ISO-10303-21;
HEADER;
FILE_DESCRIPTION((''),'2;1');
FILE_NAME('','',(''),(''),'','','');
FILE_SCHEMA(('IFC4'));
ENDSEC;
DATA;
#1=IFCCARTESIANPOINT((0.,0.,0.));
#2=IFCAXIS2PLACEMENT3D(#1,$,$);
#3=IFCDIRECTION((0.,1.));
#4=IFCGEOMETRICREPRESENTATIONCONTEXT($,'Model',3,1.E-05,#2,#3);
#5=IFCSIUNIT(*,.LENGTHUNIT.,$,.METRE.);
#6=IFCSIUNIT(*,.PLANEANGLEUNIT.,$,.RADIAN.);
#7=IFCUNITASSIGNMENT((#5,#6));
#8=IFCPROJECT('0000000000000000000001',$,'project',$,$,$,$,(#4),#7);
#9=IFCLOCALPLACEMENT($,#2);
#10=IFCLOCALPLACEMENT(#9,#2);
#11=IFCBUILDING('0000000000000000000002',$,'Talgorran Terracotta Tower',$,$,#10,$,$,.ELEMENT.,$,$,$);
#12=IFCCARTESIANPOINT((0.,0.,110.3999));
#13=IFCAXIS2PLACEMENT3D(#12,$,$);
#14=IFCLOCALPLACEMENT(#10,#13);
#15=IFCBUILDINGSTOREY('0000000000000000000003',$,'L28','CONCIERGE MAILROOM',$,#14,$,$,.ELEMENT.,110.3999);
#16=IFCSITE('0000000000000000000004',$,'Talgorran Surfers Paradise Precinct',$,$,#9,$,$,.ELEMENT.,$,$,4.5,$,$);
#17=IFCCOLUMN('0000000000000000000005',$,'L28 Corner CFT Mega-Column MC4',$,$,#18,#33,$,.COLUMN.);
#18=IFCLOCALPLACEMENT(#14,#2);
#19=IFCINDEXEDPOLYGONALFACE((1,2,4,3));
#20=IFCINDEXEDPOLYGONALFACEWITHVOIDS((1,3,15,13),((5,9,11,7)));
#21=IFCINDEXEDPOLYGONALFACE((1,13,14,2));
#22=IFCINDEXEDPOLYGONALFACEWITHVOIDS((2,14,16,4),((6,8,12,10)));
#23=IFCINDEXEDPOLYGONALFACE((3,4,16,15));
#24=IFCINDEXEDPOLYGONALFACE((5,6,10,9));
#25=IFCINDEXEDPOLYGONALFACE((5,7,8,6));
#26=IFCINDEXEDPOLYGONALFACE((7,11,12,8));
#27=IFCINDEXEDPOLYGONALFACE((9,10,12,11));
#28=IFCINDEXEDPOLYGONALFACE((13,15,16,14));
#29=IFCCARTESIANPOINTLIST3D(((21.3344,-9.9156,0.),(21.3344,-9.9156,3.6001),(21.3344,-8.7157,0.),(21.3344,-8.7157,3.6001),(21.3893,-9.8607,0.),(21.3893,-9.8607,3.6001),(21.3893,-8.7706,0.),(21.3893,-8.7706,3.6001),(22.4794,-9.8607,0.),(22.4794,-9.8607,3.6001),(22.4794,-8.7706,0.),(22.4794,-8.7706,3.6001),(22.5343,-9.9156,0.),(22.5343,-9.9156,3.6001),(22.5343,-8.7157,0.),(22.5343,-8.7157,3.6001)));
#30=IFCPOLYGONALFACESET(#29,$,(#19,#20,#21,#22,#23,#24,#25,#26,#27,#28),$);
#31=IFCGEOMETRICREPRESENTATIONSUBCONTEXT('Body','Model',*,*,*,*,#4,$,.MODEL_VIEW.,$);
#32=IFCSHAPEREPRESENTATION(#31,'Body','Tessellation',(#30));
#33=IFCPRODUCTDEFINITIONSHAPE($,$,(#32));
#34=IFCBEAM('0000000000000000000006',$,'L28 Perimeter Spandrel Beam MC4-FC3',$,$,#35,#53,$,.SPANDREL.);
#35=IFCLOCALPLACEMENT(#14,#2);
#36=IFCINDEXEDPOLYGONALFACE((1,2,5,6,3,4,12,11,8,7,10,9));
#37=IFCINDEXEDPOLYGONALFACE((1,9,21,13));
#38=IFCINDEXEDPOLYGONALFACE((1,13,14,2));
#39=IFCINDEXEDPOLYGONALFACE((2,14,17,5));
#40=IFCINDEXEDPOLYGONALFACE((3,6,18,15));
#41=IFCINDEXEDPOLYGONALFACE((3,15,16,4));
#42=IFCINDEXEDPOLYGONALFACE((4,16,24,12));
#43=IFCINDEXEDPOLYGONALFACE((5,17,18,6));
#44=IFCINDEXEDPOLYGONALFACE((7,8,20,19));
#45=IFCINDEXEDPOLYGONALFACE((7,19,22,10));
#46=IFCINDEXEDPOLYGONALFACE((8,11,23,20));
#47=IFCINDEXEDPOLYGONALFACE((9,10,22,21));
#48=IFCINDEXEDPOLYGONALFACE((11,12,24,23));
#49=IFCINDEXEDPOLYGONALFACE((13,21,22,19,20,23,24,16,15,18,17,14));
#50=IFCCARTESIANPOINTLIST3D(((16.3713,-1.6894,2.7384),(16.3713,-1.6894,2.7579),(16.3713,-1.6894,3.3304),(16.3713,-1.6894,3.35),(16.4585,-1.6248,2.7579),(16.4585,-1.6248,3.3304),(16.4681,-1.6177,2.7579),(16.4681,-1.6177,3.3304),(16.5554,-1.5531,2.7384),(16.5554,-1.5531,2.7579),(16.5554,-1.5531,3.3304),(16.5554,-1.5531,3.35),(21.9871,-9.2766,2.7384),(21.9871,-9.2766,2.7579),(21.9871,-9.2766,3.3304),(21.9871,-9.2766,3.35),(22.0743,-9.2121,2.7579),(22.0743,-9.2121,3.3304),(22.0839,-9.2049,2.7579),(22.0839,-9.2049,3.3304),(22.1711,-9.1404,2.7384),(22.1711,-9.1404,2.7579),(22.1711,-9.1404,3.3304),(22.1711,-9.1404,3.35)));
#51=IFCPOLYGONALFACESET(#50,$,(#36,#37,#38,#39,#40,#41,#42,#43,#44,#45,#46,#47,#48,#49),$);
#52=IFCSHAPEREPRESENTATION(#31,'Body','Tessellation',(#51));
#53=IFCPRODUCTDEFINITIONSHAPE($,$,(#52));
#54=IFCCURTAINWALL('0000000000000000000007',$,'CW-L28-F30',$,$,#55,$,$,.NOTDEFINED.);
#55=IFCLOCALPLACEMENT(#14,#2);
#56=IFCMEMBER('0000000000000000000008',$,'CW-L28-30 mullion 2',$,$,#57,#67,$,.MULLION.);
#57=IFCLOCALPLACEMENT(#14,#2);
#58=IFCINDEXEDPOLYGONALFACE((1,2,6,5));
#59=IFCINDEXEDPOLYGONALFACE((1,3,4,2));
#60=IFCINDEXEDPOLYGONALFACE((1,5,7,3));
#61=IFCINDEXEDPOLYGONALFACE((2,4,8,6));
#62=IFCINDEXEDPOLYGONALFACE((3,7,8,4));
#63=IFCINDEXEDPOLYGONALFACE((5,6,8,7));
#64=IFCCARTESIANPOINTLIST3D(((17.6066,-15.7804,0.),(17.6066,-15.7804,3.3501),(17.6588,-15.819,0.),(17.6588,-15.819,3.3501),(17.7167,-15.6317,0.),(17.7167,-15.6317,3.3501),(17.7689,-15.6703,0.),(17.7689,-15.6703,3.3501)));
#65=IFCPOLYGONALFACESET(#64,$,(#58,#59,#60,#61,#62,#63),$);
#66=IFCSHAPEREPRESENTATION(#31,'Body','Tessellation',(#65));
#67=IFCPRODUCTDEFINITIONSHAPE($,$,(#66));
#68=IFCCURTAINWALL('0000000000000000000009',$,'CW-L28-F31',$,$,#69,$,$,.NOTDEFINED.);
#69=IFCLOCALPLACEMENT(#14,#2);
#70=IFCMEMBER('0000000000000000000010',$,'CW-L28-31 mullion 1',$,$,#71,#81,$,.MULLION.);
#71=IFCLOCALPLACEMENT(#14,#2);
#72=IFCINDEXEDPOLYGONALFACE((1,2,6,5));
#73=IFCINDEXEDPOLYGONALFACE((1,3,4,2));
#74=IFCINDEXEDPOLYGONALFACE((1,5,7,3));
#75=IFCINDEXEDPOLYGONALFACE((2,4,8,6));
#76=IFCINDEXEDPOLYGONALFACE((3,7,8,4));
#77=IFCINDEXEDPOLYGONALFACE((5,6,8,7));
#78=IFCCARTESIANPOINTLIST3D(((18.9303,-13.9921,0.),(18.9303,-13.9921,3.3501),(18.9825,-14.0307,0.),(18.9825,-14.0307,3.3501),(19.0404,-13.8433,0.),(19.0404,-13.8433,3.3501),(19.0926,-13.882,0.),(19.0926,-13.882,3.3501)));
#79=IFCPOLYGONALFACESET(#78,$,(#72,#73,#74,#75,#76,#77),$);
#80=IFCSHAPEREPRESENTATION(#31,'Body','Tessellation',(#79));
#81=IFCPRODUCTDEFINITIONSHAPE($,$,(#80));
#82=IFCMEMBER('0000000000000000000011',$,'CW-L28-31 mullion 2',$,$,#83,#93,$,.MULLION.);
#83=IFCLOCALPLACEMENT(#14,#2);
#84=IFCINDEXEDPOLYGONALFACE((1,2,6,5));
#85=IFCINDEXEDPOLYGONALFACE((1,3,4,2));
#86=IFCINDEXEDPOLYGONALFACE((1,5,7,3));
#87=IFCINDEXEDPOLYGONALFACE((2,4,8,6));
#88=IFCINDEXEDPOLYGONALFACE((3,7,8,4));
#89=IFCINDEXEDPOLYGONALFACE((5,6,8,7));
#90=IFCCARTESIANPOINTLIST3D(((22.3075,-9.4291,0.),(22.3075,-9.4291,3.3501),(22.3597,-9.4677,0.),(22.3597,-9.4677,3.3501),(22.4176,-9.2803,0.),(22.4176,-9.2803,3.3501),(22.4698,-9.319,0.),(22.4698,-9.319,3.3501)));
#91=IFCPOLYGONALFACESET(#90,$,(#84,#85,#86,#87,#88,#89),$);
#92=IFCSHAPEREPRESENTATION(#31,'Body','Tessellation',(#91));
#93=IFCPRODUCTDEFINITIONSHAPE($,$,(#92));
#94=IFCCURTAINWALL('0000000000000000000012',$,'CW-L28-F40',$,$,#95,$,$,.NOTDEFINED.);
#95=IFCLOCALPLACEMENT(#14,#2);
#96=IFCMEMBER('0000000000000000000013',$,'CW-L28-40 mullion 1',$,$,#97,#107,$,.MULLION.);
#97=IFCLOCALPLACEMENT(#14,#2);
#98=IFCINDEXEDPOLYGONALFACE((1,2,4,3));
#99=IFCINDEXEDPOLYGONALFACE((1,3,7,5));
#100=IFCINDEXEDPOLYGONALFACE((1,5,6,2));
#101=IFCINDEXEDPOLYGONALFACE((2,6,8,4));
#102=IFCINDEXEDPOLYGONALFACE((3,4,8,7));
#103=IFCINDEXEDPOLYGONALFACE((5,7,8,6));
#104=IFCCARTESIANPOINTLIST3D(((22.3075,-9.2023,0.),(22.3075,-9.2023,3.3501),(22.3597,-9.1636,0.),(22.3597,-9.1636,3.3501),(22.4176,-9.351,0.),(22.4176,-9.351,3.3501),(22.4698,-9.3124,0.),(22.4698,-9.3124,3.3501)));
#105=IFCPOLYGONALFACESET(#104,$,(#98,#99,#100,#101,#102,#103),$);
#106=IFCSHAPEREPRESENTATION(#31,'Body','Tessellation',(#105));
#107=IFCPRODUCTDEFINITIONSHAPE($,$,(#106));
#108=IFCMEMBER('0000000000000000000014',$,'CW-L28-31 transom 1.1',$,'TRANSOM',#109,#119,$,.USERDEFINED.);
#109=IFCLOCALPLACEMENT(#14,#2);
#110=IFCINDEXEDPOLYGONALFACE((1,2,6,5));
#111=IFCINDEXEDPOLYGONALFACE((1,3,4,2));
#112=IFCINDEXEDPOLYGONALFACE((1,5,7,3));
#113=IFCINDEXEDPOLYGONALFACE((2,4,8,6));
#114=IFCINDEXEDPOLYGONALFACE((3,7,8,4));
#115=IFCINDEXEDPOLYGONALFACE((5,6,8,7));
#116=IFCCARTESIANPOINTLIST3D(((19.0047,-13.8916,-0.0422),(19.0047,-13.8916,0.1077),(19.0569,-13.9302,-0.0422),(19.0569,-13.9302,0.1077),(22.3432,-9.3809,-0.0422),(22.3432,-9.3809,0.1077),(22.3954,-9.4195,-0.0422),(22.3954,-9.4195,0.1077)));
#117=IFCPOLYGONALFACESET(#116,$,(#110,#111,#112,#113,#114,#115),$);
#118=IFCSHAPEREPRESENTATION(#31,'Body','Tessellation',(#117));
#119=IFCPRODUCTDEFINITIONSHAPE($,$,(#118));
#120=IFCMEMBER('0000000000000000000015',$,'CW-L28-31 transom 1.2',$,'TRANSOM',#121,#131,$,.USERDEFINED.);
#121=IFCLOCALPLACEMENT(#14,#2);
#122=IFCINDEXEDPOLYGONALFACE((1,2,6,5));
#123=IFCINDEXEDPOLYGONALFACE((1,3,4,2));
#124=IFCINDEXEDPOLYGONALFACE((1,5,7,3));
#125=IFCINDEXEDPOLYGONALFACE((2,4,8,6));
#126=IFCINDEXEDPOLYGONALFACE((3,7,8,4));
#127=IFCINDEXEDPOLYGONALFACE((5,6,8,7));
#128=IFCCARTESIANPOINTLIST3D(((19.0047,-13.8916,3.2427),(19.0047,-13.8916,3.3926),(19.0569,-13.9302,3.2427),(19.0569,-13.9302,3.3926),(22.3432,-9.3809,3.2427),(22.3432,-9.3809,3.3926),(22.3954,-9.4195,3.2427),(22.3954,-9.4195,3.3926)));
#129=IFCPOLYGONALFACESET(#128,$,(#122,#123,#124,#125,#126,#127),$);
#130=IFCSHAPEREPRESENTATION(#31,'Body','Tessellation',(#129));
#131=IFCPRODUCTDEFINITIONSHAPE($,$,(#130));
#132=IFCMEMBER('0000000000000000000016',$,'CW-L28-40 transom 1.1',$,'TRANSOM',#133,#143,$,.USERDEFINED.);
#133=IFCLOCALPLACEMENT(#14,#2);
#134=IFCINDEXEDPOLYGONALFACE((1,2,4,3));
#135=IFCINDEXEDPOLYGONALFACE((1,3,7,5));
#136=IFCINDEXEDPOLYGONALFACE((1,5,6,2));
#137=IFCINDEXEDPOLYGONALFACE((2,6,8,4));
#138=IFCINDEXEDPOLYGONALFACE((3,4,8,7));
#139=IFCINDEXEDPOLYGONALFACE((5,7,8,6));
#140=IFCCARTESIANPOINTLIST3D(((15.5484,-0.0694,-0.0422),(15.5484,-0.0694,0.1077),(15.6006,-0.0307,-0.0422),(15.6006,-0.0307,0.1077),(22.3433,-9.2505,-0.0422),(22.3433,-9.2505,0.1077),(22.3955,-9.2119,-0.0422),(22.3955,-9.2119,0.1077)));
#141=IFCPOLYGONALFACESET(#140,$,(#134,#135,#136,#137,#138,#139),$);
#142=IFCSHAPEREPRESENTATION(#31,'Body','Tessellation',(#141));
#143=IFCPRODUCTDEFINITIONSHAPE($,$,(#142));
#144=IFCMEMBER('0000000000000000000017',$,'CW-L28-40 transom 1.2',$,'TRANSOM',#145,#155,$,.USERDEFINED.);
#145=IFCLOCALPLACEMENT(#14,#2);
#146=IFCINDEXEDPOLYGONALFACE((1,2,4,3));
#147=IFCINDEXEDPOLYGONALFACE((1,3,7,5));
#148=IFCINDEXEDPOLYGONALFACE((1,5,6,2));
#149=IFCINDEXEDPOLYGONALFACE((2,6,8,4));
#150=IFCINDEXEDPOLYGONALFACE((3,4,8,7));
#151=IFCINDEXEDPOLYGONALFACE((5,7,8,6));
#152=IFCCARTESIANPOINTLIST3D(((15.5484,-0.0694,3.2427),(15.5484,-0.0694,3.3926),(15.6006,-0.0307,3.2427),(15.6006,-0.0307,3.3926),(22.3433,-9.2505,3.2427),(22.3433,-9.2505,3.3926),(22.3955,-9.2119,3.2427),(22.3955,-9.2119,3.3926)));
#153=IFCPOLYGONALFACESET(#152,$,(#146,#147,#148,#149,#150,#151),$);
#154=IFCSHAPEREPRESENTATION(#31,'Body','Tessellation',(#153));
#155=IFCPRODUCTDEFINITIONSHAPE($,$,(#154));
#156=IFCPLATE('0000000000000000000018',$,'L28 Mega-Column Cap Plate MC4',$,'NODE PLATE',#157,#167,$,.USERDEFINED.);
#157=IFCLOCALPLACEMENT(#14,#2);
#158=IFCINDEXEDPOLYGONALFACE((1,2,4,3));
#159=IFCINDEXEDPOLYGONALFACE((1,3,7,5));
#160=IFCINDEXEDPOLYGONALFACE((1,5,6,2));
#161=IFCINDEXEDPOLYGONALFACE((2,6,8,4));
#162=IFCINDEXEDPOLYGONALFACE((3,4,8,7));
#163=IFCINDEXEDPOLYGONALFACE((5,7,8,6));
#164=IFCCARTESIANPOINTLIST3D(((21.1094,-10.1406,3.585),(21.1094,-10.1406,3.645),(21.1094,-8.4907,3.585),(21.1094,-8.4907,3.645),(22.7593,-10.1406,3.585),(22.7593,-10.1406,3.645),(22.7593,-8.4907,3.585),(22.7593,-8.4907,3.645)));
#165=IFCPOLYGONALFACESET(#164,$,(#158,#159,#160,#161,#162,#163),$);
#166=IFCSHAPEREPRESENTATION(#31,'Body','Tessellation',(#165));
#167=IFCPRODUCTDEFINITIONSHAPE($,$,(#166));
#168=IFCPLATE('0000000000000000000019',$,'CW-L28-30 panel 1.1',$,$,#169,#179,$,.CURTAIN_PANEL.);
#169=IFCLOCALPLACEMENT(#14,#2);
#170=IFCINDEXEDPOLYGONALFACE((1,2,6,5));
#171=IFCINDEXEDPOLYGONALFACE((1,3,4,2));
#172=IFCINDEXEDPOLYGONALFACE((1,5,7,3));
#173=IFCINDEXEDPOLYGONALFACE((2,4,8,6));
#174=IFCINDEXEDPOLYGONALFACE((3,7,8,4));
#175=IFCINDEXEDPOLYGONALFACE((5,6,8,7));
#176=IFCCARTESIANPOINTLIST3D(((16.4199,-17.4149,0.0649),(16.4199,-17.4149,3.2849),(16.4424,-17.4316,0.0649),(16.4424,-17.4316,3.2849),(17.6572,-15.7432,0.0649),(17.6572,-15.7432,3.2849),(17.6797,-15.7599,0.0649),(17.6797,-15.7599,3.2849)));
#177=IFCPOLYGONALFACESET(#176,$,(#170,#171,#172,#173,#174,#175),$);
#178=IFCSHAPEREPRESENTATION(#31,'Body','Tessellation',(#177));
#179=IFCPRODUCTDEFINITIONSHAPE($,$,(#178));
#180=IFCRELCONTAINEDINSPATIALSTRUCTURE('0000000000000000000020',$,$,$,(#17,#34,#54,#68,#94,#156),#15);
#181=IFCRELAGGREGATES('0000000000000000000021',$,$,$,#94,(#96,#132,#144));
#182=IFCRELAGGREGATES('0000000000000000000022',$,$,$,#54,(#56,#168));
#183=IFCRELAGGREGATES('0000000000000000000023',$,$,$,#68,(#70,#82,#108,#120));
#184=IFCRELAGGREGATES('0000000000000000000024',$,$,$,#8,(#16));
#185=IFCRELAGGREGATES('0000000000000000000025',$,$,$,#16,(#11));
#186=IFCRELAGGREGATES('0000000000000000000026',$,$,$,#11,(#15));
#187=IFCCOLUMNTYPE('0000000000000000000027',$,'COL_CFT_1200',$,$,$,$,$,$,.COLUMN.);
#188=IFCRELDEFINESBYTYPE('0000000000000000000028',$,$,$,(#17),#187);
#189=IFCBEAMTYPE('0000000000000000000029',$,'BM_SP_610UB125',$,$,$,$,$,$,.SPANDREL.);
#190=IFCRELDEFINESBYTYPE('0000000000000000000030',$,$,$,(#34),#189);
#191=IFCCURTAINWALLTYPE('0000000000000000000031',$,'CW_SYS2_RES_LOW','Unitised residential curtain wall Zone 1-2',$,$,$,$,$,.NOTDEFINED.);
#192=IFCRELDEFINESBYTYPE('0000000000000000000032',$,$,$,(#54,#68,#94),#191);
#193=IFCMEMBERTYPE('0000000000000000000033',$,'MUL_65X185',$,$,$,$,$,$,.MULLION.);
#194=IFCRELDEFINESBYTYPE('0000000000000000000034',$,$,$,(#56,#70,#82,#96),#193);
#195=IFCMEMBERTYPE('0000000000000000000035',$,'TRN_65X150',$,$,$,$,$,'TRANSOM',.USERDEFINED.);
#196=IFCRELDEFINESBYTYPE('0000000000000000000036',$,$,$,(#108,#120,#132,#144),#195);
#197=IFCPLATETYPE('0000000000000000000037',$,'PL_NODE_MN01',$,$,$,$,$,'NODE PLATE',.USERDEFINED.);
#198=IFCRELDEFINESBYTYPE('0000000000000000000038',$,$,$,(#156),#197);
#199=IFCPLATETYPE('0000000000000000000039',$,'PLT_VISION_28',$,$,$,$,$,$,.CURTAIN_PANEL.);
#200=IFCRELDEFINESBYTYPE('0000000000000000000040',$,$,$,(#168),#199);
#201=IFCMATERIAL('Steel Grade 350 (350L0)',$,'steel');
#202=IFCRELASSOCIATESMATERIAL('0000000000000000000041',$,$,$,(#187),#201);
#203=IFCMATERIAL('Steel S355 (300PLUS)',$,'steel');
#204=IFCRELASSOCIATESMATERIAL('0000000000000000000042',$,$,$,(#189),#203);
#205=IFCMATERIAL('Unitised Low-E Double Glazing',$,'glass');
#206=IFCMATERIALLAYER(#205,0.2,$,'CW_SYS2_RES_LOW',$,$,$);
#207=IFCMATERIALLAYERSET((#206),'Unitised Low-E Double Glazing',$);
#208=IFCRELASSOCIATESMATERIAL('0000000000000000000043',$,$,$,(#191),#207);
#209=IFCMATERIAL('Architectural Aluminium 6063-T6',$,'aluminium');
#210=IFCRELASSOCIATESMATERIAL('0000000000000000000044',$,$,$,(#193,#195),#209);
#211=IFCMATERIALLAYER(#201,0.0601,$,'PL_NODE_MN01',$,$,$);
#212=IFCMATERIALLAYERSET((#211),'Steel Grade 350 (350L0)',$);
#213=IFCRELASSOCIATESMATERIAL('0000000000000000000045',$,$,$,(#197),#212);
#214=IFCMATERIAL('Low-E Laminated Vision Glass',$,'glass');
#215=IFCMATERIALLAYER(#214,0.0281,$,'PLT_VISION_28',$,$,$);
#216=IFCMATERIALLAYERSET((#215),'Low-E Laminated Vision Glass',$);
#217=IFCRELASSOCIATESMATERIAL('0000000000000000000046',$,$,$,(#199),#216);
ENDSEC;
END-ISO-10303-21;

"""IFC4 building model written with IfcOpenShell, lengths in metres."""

from ifc_helpers import new_model, si_unit, direction, frame, origin, origin_2d, place, context, subcontext, project, spatial, rectangle, hollow_rectangle, i_section, extrude, source, transform, mapped, material, layer, layer_set, material_profile, profile_set, type_object, element, aggregate, save


model = new_model("IFC4")

# Units and contexts
model_context = context("Model", 3, precision=1e-05, world=origin(), true_north=direction((0.0, 1.0)))
body_context = subcontext(model_context, "Body", "Model", "MODEL_VIEW")
ifc_project = project(units=[si_unit("LENGTHUNIT", "METRE"), si_unit("PLANEANGLEUNIT", "RADIAN")], contexts=[model_context])

# Site, building, storey
site_placement = place(None, origin())
site = spatial("IfcSite", under=ifc_project, at=site_placement, Name="Talgorran Surfers Paradise Precinct", CompositionType="ELEMENT", RefElevation=4.5)
building_placement = place(site_placement, origin())
building = spatial("IfcBuilding", under=site, at=building_placement, Name="Talgorran Terracotta Tower", CompositionType="ELEMENT")
storey_placement = place(building_placement, frame((0.0, 0.0, 110.3999)))
storey = spatial("IfcBuildingStorey", under=building, at=storey_placement, Name="L28", Description="CONCIERGE MAILROOM", CompositionType="ELEMENT", Elevation=110.3999)

# Column
ifc_material_1 = material(Name="Steel Grade 350 (350L0)", Category="steel")
ifc_material_profile_1 = material_profile(ifc_material_1, hollow_rectangle(XDim=1.2, YDim=1.2, WallThickness=0.0549, at=origin_2d()), Name="CFT1200X1200X55")
ifc_profile_set_1 = profile_set([ifc_material_profile_1], Name="Steel Grade 350 (350L0)")
column_type = type_object("IfcColumnType", Name="COL_CFT_1200", PredefinedType="COLUMN", material=ifc_profile_set_1)
column_placement = place(storey_placement, frame((21.9343, -9.3157, 0.0), z_axis=(0.0, 0.0, 1.0), x_axis=(1.0, 0.0, 0.0)))
element("IfcColumn", 1, at=column_placement, inside=storey, type_object=column_type, Name="L28 Corner CFT Mega-Column MC4", PredefinedType="COLUMN", context=body_context, shape_type="SweptSolid", body=[
    extrude(hollow_rectangle(XDim=1.2, YDim=1.2, WallThickness=0.0549, at=origin_2d()), origin(), (0.0, 0.0, 1.0), 3.6001),
])

# Beam
ifc_material_2 = material(Name="Steel S355 (300PLUS)", Category="steel")
ifc_material_profile_2 = material_profile(ifc_material_2, i_section(OverallWidth=0.229, OverallDepth=0.6116, WebThickness=0.012, FlangeThickness=0.0195, at=origin_2d()), Name="610UB125")
ifc_profile_set_2 = profile_set([ifc_material_profile_2], Name="Steel S355 (300PLUS)")
beam_type = type_object("IfcBeamType", Name="BM_SP_610UB125", PredefinedType="SPANDREL", material=ifc_profile_set_2)
beam_placement = place(storey_placement, frame((22.0791, -9.2085, 3.0442), z_axis=(-0.594927, 0.80378, 0.0), x_axis=(-0.80378, -0.594927, 0.0)))
element("IfcBeam", 2, at=beam_placement, inside=storey, type_object=beam_type, Name="L28 Perimeter Spandrel Beam MC4-FC3", PredefinedType="SPANDREL", context=body_context, shape_type="SweptSolid", body=[
    extrude(i_section(OverallWidth=0.229, OverallDepth=0.6116, WebThickness=0.012, FlangeThickness=0.0195, at=origin_2d()), origin(), (0.0, 0.0, 1.0), 9.4395),
])

# Curtain wall, member
ifc_material_3 = material(Name="Unitised Low-E Double Glazing", Category="glass")
ifc_layer_1 = layer(ifc_material_3, 0.2, Name="CW_SYS2_RES_LOW")
ifc_layer_set_1 = layer_set([ifc_layer_1], Name="Unitised Low-E Double Glazing")
curtain_wall_type = type_object("IfcCurtainWallType", Name="CW_SYS2_RES_LOW", Description="Unitised residential curtain wall Zone 1-2", PredefinedType="NOTDEFINED", material=ifc_layer_set_1)
curtain_wall_1_placement = place(storey_placement, origin())
curtain_wall_1 = element("IfcCurtainWall", 3, at=curtain_wall_1_placement, inside=storey, type_object=curtain_wall_type, Name="CW-L28-F30", PredefinedType="NOTDEFINED")
ifc_material_4 = material(Name="Architectural Aluminium 6063-T6", Category="aluminium")
ifc_material_profile_3 = material_profile(ifc_material_4, rectangle(XDim=0.0649, YDim=0.1851, at=origin_2d()), Name="CWM65X185")
ifc_profile_set_3 = profile_set([ifc_material_profile_3], Name="Architectural Aluminium 6063-T6")
member_type_1 = type_object("IfcMemberType", Name="MUL_65X185", PredefinedType="MULLION", material=ifc_profile_set_3)
member_1_placement = place(storey_placement, frame((17.6877, -15.7253, 0.0), z_axis=(0.0, 0.0, 1.0), x_axis=(-0.80379, 0.594913, 0.0)))
member_1 = element("IfcMember", 4, at=member_1_placement, type_object=member_type_1, Name="CW-L28-30 mullion 2", PredefinedType="MULLION", context=body_context, shape_type="SweptSolid", body=[
    extrude(rectangle(XDim=0.0649, YDim=0.1851, at=origin_2d()), origin(), (0.0, 0.0, 1.0), 3.3501),
])

# Curtain wall, members
curtain_wall_2_placement = place(storey_placement, origin())
curtain_wall_2 = element("IfcCurtainWall", 5, at=curtain_wall_2_placement, inside=storey, type_object=curtain_wall_type, Name="CW-L28-F31", PredefinedType="NOTDEFINED")
member_2_placement = place(storey_placement, frame((19.0115, -13.937, 0.0), z_axis=(0.0, 0.0, 1.0), x_axis=(-0.803792, 0.594911, 0.0)))
member_2 = element("IfcMember", 6, at=member_2_placement, type_object=member_type_1, Name="CW-L28-31 mullion 1", PredefinedType="MULLION", context=body_context, shape_type="SweptSolid", body=[
    extrude(rectangle(XDim=0.0649, YDim=0.1851, at=origin_2d()), origin(), (0.0, 0.0, 1.0), 3.3501),
])
member_3_placement = place(storey_placement, frame((22.3887, -9.374, 0.0), z_axis=(0.0, 0.0, 1.0), x_axis=(-0.803792, 0.594911, 0.0)))
member_3 = element("IfcMember", 7, at=member_3_placement, type_object=member_type_1, Name="CW-L28-31 mullion 2", PredefinedType="MULLION", context=body_context, shape_type="SweptSolid", body=[
    extrude(rectangle(XDim=0.0649, YDim=0.1851, at=origin_2d()), origin(), (0.0, 0.0, 1.0), 3.3501),
])

# Curtain wall, member
curtain_wall_3_placement = place(storey_placement, origin())
curtain_wall_3 = element("IfcCurtainWall", 8, at=curtain_wall_3_placement, inside=storey, type_object=curtain_wall_type, Name="CW-L28-F40", PredefinedType="NOTDEFINED")
member_4_placement = place(storey_placement, frame((22.3887, -9.2573, 0.0), z_axis=(0.0, 0.0, 1.0), x_axis=(-0.803795, -0.594906, 0.0)))
member_4 = element("IfcMember", 9, at=member_4_placement, type_object=member_type_1, Name="CW-L28-40 mullion 1", PredefinedType="MULLION", context=body_context, shape_type="SweptSolid", body=[
    extrude(rectangle(XDim=0.0649, YDim=0.1851, at=origin_2d()), origin(), (0.0, 0.0, 1.0), 3.3501),
])

# Members
ifc_material_profile_4 = material_profile(ifc_material_4, rectangle(XDim=0.0649, YDim=0.1499, at=origin_2d()), Name="CWT65X150")
ifc_profile_set_4 = profile_set([ifc_material_profile_4], Name="Architectural Aluminium 6063-T6")
member_type_2 = type_object("IfcMemberType", Name="TRN_65X150", ElementType="TRANSOM", PredefinedType="USERDEFINED", material=ifc_profile_set_4)
member_5_placement = place(storey_placement, frame((19.0308, -13.9109, 0.0327), z_axis=(0.594921, 0.803784, 0.0), x_axis=(-0.803784, 0.594921, 0.0)))
member_5 = element("IfcMember", 10, at=member_5_placement, type_object=member_type_2, Name="CW-L28-31 transom 1.1", ObjectType="TRANSOM", PredefinedType="USERDEFINED", context=body_context, shape_type="SweptSolid", body=[
    extrude(rectangle(XDim=0.0649, YDim=0.1499, at=origin_2d()), origin(), (0.0, 0.0, 1.0), 5.6118),
])
member_6_placement = place(storey_placement, frame((19.0308, -13.9109, 3.3176), z_axis=(0.594921, 0.803784, 0.0), x_axis=(-0.803784, 0.594921, 0.0)))
member_6 = element("IfcMember", 11, at=member_6_placement, type_object=member_type_2, Name="CW-L28-31 transom 1.2", ObjectType="TRANSOM", PredefinedType="USERDEFINED", context=body_context, shape_type="SweptSolid", body=[
    extrude(rectangle(XDim=0.0649, YDim=0.1499, at=origin_2d()), origin(), (0.0, 0.0, 1.0), 5.6118),
])
member_7_placement = place(storey_placement, frame((22.3694, -9.2312, 0.0327), z_axis=(-0.594892, 0.803806, 0.0), x_axis=(-0.803806, -0.594892, 0.0)))
member_7 = element("IfcMember", 12, at=member_7_placement, type_object=member_type_2, Name="CW-L28-40 transom 1.1", ObjectType="TRANSOM", PredefinedType="USERDEFINED", context=body_context, shape_type="SweptSolid", body=[
    extrude(rectangle(XDim=0.0649, YDim=0.1499, at=origin_2d()), origin(), (0.0, 0.0, 1.0), 11.4221),
])
member_8_placement = place(storey_placement, frame((22.3694, -9.2312, 3.3176), z_axis=(-0.594892, 0.803806, 0.0), x_axis=(-0.803806, -0.594892, 0.0)))
member_8 = element("IfcMember", 13, at=member_8_placement, type_object=member_type_2, Name="CW-L28-40 transom 1.2", ObjectType="TRANSOM", PredefinedType="USERDEFINED", context=body_context, shape_type="SweptSolid", body=[
    extrude(rectangle(XDim=0.0649, YDim=0.1499, at=origin_2d()), origin(), (0.0, 0.0, 1.0), 11.4221),
])
aggregate(curtain_wall_3, [member_4, member_7, member_8])

# Plates
ifc_layer_2 = layer(ifc_material_1, 0.0601, Name="PL_NODE_MN01")
ifc_layer_set_2 = layer_set([ifc_layer_2], Name="Steel Grade 350 (350L0)")
plate_type_1 = type_object("IfcPlateType", Name="PL_NODE_MN01", ElementType="NODE PLATE", PredefinedType="USERDEFINED", material=ifc_layer_set_2)
plate_1_placement = place(storey_placement, frame((21.9343, -9.3157, 3.585), z_axis=(0.0, 0.0, 1.0), x_axis=(1.0, 0.0, 0.0)))
element("IfcPlate", 14, at=plate_1_placement, inside=storey, type_object=plate_type_1, Name="L28 Mega-Column Cap Plate MC4", ObjectType="NODE PLATE", PredefinedType="USERDEFINED", context=body_context, shape_type="SweptSolid", body=[
    extrude(rectangle(XDim=1.6499, YDim=1.6499, at=origin_2d()), origin(), (0.0, 0.0, 1.0), 0.0601),
])
ifc_material_5 = material(Name="Low-E Laminated Vision Glass", Category="glass")
ifc_layer_3 = layer(ifc_material_5, 0.0281, Name="PLT_VISION_28")
ifc_layer_set_3 = layer_set([ifc_layer_3], Name="Low-E Laminated Vision Glass")
plate_type_2 = type_object("IfcPlateType", Name="PLT_VISION_28", PredefinedType="CURTAIN_PANEL", material=ifc_layer_set_3)
shared_shape_1 = source(origin(), body_context, "Body", "SweptSolid", [
    extrude(rectangle(XDim=2.0798, YDim=0.0281, at=origin_2d()), origin(), (0.0, 0.0, 1.0), 3.22),
])
plate_2_placement = place(storey_placement, frame((17.0498, -16.5874, 0.0649), z_axis=(0.0, 0.0, 1.0), x_axis=(0.594913, 0.80379, 0.0)))
plate_2 = element("IfcPlate", 15, at=plate_2_placement, type_object=plate_type_2, Name="CW-L28-30 panel 1.1", PredefinedType="CURTAIN_PANEL", context=body_context, shape_type="MappedRepresentation", body=[
    mapped(shared_shape_1, transform((0.0, 0.0, 0.0), scale=1.0)),
])
aggregate(curtain_wall_1, [member_1, plate_2])
aggregate(curtain_wall_2, [member_2, member_3, member_5, member_6])

save(model, "model.ifc")
